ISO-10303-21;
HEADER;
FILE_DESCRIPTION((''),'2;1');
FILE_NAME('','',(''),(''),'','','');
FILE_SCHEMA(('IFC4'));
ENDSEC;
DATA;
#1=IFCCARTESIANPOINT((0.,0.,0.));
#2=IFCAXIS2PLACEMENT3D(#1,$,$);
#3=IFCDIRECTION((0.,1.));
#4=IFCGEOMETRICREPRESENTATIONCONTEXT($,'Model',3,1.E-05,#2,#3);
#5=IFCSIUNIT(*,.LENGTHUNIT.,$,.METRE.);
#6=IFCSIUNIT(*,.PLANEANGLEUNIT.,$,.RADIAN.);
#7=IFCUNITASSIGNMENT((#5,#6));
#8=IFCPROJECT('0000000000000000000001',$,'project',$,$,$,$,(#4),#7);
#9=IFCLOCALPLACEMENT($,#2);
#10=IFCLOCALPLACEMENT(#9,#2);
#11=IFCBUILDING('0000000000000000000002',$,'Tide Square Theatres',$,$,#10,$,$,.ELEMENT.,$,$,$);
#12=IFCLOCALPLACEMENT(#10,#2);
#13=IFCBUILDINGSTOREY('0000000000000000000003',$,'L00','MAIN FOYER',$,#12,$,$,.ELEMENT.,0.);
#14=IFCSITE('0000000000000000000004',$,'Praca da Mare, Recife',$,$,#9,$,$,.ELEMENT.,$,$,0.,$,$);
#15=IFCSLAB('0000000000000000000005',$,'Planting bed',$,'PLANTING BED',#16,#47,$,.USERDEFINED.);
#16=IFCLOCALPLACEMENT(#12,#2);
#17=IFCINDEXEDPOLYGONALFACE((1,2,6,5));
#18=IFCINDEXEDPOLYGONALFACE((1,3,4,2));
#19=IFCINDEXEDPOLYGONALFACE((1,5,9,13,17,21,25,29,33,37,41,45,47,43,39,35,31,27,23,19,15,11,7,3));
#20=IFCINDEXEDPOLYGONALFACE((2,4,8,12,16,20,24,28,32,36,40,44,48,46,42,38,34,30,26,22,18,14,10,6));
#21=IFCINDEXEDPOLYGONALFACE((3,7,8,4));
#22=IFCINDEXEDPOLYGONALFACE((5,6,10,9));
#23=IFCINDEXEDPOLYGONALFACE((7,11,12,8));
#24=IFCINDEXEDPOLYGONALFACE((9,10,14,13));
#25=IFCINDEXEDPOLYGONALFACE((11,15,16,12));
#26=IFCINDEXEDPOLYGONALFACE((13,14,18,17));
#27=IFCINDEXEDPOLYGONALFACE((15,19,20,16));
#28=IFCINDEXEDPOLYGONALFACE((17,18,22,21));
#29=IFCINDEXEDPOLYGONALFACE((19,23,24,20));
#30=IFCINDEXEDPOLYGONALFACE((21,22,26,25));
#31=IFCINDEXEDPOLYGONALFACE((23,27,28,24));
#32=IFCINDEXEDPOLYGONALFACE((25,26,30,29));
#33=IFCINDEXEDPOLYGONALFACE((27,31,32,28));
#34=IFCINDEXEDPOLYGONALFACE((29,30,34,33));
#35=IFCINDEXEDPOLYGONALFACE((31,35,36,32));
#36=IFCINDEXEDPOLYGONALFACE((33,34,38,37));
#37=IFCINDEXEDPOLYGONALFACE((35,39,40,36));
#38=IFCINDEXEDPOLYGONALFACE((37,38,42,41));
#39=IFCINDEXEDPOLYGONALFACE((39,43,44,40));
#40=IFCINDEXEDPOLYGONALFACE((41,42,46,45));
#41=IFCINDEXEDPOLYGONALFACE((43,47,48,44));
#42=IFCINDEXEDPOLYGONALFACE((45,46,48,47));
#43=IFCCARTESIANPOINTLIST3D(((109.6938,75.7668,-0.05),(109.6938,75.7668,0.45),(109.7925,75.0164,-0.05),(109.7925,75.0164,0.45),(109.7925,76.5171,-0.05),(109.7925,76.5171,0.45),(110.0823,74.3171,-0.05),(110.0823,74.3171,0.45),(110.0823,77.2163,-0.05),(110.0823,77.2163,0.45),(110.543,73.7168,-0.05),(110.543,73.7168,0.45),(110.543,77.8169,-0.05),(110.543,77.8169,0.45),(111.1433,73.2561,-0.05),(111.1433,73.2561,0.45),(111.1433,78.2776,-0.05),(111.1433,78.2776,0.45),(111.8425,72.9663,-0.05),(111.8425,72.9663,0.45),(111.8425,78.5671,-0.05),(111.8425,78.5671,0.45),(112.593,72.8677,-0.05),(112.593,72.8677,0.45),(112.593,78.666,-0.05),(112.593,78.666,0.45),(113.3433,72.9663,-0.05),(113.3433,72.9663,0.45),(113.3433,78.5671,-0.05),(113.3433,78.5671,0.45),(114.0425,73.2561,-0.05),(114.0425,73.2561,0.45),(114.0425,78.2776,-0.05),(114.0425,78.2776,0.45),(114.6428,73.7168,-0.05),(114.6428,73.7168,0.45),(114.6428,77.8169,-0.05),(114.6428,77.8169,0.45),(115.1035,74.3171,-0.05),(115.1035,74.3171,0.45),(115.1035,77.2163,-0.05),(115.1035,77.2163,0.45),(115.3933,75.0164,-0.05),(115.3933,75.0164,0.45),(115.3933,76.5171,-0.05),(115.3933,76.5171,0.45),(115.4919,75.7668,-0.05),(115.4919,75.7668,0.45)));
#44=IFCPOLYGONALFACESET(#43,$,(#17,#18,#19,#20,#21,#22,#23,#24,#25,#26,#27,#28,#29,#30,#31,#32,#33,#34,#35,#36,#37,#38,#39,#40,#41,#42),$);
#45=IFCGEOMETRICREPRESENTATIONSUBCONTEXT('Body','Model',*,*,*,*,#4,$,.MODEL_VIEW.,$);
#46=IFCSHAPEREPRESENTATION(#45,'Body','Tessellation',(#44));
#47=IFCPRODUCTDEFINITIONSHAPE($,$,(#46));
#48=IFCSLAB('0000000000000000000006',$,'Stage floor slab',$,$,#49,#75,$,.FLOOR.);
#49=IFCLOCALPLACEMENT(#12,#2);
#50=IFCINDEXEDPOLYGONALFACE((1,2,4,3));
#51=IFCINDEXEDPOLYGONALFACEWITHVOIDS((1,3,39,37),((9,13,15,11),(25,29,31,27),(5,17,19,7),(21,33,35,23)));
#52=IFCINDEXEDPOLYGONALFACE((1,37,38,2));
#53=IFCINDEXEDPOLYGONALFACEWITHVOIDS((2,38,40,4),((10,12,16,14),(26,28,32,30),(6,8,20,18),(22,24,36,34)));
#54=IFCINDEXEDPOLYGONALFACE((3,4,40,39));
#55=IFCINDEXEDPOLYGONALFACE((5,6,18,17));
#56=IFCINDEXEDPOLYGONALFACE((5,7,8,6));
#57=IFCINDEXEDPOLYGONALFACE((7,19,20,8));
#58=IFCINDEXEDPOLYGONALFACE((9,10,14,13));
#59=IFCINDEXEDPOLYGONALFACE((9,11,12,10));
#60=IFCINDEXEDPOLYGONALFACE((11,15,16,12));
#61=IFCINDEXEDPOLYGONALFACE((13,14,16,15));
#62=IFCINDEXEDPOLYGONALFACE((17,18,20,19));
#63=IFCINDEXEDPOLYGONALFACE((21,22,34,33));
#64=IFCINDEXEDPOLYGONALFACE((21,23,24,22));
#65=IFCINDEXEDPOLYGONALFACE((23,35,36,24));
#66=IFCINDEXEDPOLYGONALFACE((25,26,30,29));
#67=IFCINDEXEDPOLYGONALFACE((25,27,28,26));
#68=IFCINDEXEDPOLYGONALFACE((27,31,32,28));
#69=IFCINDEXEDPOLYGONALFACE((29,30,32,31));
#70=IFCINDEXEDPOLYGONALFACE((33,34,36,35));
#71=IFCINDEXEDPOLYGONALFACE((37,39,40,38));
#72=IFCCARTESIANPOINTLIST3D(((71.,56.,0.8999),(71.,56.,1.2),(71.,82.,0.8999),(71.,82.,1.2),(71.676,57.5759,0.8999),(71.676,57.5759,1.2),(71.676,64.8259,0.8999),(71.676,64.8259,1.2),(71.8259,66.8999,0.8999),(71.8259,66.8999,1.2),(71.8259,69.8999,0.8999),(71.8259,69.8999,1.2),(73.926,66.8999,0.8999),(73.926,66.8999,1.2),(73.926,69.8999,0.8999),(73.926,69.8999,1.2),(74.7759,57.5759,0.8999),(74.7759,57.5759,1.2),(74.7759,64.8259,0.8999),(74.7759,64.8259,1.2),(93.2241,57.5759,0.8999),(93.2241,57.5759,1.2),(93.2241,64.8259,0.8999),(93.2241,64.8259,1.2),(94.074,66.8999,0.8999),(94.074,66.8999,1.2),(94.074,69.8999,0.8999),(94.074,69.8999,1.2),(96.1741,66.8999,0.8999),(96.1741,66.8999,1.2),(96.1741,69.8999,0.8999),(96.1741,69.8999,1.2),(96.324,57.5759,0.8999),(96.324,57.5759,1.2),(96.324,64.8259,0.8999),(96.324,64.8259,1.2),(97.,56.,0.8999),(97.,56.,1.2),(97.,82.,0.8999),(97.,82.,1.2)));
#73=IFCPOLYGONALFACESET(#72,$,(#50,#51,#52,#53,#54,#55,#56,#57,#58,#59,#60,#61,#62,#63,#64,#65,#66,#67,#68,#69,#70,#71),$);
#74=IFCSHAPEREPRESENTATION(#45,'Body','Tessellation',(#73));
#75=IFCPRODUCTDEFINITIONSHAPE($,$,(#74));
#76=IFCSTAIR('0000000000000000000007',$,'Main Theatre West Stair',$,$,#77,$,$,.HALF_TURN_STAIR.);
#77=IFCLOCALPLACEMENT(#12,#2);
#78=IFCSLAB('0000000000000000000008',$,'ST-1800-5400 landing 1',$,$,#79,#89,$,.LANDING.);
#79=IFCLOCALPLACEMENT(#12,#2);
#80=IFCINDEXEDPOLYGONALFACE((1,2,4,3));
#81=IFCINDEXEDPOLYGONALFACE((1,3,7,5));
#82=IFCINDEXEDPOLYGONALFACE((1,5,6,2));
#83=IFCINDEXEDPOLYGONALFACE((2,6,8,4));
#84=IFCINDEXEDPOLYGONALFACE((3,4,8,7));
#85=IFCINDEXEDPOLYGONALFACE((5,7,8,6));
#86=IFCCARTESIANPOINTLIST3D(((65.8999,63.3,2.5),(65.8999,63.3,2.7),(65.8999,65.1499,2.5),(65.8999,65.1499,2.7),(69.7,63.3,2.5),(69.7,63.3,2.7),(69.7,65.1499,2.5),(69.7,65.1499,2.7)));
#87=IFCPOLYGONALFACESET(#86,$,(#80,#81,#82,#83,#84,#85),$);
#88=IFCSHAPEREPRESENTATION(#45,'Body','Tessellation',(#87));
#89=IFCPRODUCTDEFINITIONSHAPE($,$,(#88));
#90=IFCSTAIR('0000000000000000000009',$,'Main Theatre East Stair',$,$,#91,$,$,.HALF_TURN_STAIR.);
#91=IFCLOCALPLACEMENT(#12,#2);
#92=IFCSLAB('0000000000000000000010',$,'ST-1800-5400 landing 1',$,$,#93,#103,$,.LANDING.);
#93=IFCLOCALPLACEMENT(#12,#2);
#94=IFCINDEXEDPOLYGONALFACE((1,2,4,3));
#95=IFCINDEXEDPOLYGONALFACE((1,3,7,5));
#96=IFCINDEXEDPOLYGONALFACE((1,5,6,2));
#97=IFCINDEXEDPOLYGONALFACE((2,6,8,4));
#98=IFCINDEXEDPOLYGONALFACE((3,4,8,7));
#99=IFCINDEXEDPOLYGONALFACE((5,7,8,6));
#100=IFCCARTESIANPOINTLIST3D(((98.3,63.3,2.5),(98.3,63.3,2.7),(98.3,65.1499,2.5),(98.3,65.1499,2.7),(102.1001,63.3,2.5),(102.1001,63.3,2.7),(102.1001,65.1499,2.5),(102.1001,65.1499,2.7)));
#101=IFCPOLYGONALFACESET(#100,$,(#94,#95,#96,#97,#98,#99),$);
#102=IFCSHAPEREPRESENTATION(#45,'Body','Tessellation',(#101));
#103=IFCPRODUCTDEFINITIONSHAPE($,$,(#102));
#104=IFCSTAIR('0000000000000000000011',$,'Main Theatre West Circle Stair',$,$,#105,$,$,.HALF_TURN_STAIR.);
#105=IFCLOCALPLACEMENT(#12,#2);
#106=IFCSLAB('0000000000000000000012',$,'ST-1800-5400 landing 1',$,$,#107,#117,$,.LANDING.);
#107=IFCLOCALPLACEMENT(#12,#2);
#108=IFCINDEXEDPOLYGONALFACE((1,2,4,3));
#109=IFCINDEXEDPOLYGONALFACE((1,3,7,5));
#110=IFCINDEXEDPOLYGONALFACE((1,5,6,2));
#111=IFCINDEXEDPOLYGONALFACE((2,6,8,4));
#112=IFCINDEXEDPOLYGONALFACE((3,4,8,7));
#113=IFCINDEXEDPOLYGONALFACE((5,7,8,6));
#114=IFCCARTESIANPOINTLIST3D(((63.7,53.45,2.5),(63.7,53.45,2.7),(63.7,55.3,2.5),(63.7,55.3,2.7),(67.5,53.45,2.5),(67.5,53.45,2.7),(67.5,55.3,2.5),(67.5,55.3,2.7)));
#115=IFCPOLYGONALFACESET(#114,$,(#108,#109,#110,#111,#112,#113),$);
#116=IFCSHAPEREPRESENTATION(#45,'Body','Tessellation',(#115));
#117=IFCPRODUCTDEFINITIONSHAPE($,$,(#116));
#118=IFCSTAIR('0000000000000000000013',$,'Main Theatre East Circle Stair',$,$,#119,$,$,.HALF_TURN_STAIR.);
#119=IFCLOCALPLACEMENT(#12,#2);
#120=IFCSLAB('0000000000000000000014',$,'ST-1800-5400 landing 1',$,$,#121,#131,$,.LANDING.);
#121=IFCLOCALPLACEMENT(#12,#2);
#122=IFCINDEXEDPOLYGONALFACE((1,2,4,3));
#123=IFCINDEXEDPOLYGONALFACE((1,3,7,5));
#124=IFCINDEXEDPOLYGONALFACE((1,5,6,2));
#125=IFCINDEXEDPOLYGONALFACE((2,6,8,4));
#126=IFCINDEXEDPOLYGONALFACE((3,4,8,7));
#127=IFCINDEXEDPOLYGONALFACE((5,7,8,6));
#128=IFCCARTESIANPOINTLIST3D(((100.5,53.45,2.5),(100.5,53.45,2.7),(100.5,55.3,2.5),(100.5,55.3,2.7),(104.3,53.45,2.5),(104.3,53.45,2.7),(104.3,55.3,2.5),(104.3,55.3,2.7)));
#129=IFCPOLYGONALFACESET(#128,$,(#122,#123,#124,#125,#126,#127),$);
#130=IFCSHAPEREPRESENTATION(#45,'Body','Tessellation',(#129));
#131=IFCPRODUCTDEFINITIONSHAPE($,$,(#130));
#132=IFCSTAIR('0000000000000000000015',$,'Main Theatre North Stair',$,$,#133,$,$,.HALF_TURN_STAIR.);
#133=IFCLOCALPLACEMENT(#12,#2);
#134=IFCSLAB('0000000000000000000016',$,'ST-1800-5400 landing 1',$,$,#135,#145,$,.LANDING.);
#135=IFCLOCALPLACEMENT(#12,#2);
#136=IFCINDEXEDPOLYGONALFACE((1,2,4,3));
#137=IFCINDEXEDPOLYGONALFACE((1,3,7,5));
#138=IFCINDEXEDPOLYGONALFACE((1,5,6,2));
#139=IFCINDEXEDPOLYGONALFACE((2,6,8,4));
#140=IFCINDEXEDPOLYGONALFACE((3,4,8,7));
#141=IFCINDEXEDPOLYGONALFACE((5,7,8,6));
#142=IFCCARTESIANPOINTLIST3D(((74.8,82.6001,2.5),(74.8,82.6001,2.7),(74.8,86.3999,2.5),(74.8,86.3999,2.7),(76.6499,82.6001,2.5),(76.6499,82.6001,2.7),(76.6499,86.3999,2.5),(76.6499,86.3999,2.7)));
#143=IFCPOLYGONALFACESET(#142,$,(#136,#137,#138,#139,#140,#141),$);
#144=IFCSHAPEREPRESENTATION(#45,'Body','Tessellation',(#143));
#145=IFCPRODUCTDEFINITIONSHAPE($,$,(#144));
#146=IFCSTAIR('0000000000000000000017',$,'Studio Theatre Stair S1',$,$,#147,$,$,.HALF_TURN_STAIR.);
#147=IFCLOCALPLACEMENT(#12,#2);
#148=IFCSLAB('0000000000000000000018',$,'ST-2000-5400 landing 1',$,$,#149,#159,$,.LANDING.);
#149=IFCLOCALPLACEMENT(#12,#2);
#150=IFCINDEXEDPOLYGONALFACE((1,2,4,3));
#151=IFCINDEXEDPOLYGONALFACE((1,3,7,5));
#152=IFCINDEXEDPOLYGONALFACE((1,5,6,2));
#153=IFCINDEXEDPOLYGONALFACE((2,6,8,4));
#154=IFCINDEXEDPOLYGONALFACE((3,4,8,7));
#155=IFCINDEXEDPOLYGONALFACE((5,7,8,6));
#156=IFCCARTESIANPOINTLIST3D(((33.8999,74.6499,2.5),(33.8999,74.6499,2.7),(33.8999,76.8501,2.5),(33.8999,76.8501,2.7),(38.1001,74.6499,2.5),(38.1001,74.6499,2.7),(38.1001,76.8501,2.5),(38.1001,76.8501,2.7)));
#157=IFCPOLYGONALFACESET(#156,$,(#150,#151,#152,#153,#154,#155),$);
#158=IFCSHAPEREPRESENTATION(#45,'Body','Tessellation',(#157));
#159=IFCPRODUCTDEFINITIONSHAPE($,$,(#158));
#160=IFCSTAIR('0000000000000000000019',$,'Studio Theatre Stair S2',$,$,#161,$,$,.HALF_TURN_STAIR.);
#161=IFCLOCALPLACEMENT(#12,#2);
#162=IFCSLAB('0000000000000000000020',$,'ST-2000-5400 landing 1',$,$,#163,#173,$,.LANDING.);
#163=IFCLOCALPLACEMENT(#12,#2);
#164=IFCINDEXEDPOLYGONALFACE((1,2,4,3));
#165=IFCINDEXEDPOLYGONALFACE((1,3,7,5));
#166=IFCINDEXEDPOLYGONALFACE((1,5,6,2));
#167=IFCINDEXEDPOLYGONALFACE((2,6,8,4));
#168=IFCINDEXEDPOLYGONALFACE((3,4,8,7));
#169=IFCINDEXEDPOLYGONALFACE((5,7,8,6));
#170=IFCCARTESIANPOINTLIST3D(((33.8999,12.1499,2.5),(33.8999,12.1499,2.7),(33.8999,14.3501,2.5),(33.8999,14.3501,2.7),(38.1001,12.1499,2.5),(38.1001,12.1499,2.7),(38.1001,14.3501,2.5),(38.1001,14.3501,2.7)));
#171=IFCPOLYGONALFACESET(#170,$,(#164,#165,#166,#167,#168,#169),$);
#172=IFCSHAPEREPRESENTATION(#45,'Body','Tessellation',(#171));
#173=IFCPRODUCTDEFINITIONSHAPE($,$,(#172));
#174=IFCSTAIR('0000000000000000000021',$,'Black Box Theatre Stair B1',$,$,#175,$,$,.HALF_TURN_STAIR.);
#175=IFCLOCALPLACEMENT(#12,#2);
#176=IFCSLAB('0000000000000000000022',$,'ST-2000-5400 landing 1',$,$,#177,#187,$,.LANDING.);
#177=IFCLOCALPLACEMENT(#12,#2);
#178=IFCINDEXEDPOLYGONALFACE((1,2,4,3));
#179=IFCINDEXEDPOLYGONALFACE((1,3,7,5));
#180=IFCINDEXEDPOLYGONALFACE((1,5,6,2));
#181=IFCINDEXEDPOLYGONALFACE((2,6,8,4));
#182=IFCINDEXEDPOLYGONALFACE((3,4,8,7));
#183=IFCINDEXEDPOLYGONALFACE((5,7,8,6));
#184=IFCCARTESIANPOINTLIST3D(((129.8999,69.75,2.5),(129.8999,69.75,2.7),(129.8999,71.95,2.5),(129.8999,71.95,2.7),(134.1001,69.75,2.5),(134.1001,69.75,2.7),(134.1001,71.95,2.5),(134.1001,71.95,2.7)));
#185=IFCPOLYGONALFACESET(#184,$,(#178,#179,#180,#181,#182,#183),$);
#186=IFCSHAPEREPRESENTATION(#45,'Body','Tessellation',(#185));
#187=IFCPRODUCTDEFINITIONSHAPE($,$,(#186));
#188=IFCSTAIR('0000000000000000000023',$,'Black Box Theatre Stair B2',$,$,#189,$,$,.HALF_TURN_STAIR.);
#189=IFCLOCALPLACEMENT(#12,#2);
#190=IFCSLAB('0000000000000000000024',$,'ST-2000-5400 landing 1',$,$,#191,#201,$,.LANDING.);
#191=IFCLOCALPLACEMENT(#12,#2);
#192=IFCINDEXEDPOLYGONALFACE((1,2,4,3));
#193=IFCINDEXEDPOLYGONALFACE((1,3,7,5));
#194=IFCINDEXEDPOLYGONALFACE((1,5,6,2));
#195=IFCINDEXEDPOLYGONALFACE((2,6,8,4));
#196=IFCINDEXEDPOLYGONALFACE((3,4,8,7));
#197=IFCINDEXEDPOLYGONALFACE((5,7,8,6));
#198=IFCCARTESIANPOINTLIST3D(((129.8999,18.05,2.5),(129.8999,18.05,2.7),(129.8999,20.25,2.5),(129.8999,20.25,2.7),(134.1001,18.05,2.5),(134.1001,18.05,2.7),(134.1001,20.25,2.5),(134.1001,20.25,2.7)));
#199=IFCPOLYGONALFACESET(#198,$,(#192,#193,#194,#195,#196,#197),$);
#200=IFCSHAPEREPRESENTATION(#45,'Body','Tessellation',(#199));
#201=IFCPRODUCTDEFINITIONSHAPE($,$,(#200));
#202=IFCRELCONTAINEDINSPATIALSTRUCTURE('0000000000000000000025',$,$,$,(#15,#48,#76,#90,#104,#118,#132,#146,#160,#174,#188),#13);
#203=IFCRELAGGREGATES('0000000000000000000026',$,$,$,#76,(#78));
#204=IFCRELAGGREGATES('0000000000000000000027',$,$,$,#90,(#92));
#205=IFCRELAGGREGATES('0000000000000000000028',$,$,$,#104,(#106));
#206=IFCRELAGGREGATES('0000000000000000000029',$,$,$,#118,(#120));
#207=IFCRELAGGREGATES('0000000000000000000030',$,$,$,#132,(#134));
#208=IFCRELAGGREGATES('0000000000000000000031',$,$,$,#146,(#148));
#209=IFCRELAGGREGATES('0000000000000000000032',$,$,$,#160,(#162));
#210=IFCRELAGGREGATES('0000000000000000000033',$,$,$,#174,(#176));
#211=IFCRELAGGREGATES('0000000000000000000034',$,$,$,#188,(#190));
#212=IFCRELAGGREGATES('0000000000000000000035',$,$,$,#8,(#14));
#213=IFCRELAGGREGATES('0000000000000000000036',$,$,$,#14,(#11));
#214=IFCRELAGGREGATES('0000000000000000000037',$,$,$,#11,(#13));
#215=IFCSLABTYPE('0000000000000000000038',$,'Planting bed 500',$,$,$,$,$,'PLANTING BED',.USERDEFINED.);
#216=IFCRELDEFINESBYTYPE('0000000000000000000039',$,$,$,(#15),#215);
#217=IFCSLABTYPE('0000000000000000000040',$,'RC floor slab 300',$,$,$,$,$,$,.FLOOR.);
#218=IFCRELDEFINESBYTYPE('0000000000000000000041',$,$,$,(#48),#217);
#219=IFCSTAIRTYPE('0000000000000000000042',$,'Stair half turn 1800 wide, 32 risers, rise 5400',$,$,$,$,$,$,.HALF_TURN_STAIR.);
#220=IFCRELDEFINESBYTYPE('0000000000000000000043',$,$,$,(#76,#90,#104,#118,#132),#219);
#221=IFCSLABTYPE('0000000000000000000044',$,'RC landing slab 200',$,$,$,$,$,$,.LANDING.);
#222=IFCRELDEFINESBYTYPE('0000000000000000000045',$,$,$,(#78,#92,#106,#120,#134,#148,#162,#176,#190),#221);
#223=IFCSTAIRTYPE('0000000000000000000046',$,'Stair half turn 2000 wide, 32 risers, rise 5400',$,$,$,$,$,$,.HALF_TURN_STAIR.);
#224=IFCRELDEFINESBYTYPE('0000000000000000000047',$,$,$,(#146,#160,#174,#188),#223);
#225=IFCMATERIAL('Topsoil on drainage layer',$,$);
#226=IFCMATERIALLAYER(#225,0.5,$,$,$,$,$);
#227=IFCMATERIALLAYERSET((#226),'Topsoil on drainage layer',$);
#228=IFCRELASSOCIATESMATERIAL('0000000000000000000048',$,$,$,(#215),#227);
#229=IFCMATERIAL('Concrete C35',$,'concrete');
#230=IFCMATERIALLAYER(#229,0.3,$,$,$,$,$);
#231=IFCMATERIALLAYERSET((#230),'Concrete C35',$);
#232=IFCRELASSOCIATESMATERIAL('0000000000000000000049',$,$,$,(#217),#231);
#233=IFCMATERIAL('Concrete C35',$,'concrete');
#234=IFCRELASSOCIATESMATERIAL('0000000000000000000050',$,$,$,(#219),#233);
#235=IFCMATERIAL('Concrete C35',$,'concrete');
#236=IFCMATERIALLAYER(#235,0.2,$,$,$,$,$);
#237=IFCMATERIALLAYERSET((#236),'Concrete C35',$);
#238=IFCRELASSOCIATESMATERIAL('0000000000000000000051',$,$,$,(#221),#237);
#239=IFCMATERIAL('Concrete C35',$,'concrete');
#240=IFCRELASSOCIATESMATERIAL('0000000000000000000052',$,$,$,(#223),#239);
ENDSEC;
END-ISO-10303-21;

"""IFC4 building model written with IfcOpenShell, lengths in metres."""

from ifc_helpers import new_model, si_unit, direction, frame, origin, place, context, subcontext, project, spatial, polyline, outline, extrude, material, layer, layer_set, type_object, element, aggregate, save


model = new_model("IFC4")

# Units and contexts
model_context = context("Model", 3, precision=1e-05, world=origin(), true_north=direction((0.0, 1.0)))
body_context = subcontext(model_context, "Body", "Model", "MODEL_VIEW")
ifc_project = project(units=[si_unit("LENGTHUNIT", "METRE"), si_unit("PLANEANGLEUNIT", "RADIAN")], contexts=[model_context])

# Site, building, storey
site_placement = place(None, origin())
site = spatial("IfcSite", under=ifc_project, at=site_placement, Name="Praca da Mare, Recife", CompositionType="ELEMENT", RefElevation=0.0)
building_placement = place(site_placement, origin())
building = spatial("IfcBuilding", under=site, at=building_placement, Name="Tide Square Theatres", CompositionType="ELEMENT")
storey_placement = place(building_placement, origin())
storey = spatial("IfcBuildingStorey", under=building, at=storey_placement, Name="L00", Description="MAIN FOYER", CompositionType="ELEMENT", Elevation=0.0)

# Slabs
ifc_material_1 = material(Name="Topsoil on drainage layer")
ifc_layer_1 = layer(ifc_material_1, 0.5)
ifc_layer_set_1 = layer_set([ifc_layer_1], Name="Topsoil on drainage layer")
slab_type_1 = type_object("IfcSlabType", Name="Planting bed 500", ElementType="PLANTING BED", PredefinedType="USERDEFINED", material=ifc_layer_set_1)
slab_1_placement = place(storey_placement, frame((0.0, 0.0, -0.05)))
element("IfcSlab", 1, at=slab_1_placement, inside=storey, type_object=slab_type_1, Name="Planting bed", ObjectType="PLANTING BED", PredefinedType="USERDEFINED", context=body_context, shape_type="SweptSolid", body=[
    extrude(outline(polyline([(115.3933, 76.5171), (115.1035, 77.2163), (114.6428, 77.8169), (114.0425, 78.2776), (113.3433, 78.5671), (112.593, 78.666), (111.8425, 78.5671), (111.1433, 78.2776), (110.543, 77.8169), (110.0823, 77.2163), (109.7925, 76.5171), (109.6938, 75.7668), (109.7925, 75.0164), (110.0823, 74.3171), (110.543, 73.7168), (111.1433, 73.2561), (111.8425, 72.9663), (112.593, 72.8677), (113.3433, 72.9663), (114.0425, 73.2561), (114.6428, 73.7168), (115.1035, 74.3171), (115.3933, 75.0164), (115.4919, 75.7668), (115.3933, 76.5171)])), origin(), (0.0, 0.0, 1.0), 0.5),
])
ifc_material_2 = material(Name="Concrete C35", Category="concrete")
ifc_layer_2 = layer(ifc_material_2, 0.3)
ifc_layer_set_2 = layer_set([ifc_layer_2], Name="Concrete C35")
slab_type_2 = type_object("IfcSlabType", Name="RC floor slab 300", PredefinedType="FLOOR", material=ifc_layer_set_2)
slab_2_placement = place(storey_placement, frame((0.0, 0.0, 0.8999)))
element("IfcSlab", 2, at=slab_2_placement, inside=storey, type_object=slab_type_2, Name="Stage floor slab", PredefinedType="FLOOR", context=body_context, shape_type="SweptSolid", body=[
    extrude(outline(polyline([(97.0, 56.0), (97.0, 82.0), (71.0, 82.0), (71.0, 56.0), (97.0, 56.0)]), holes=[polyline([(71.676, 57.5759), (74.7759, 57.5759), (74.7759, 64.8259), (71.676, 64.8259), (71.676, 57.5759)]), polyline([(93.2241, 57.5759), (96.324, 57.5759), (96.324, 64.8259), (93.2241, 64.8259), (93.2241, 57.5759)]), polyline([(71.8259, 66.8999), (73.926, 66.8999), (73.926, 69.8999), (71.8259, 69.8999), (71.8259, 66.8999)]), polyline([(94.074, 66.8999), (96.1741, 66.8999), (96.1741, 69.8999), (94.074, 69.8999), (94.074, 66.8999)])]), origin(), (0.0, 0.0, 1.0), 0.3),
])

# Stairs, slabs
ifc_material_3 = material(Name="Concrete C35", Category="concrete")
stair_type_1 = type_object("IfcStairType", Name="Stair half turn 1800 wide, 32 risers, rise 5400", PredefinedType="HALF_TURN_STAIR", material=ifc_material_3)
stair_1_placement = place(storey_placement, origin())
stair_1 = element("IfcStair", 3, at=stair_1_placement, inside=storey, type_object=stair_type_1, Name="Main Theatre West Stair", PredefinedType="HALF_TURN_STAIR")
ifc_material_4 = material(Name="Concrete C35", Category="concrete")
ifc_layer_3 = layer(ifc_material_4, 0.2)
ifc_layer_set_3 = layer_set([ifc_layer_3], Name="Concrete C35")
slab_type_3 = type_object("IfcSlabType", Name="RC landing slab 200", PredefinedType="LANDING", material=ifc_layer_set_3)
slab_3_placement = place(storey_placement, frame((0.0, 0.0, 2.5)))
slab_3 = element("IfcSlab", 4, at=slab_3_placement, type_object=slab_type_3, Name="ST-1800-5400 landing 1", PredefinedType="LANDING", context=body_context, shape_type="SweptSolid", body=[
    extrude(outline(polyline([(69.7, 63.3), (69.7, 65.1499), (65.8999, 65.1499), (65.8999, 63.3), (69.7, 63.3)])), origin(), (0.0, 0.0, 1.0), 0.2),
])
aggregate(stair_1, [slab_3])
stair_2_placement = place(storey_placement, origin())
stair_2 = element("IfcStair", 5, at=stair_2_placement, inside=storey, type_object=stair_type_1, Name="Main Theatre East Stair", PredefinedType="HALF_TURN_STAIR")
slab_4_placement = place(storey_placement, frame((0.0, 0.0, 2.5)))
slab_4 = element("IfcSlab", 6, at=slab_4_placement, type_object=slab_type_3, Name="ST-1800-5400 landing 1", PredefinedType="LANDING", context=body_context, shape_type="SweptSolid", body=[
    extrude(outline(polyline([(102.1001, 63.3), (102.1001, 65.1499), (98.3, 65.1499), (98.3, 63.3), (102.1001, 63.3)])), origin(), (0.0, 0.0, 1.0), 0.2),
])
aggregate(stair_2, [slab_4])
stair_3_placement = place(storey_placement, origin())
stair_3 = element("IfcStair", 7, at=stair_3_placement, inside=storey, type_object=stair_type_1, Name="Main Theatre West Circle Stair", PredefinedType="HALF_TURN_STAIR")
slab_5_placement = place(storey_placement, frame((0.0, 0.0, 2.5)))
slab_5 = element("IfcSlab", 8, at=slab_5_placement, type_object=slab_type_3, Name="ST-1800-5400 landing 1", PredefinedType="LANDING", context=body_context, shape_type="SweptSolid", body=[
    extrude(outline(polyline([(67.5, 53.45), (67.5, 55.3), (63.7, 55.3), (63.7, 53.45), (67.5, 53.45)])), origin(), (0.0, 0.0, 1.0), 0.2),
])
aggregate(stair_3, [slab_5])
stair_4_placement = place(storey_placement, origin())
stair_4 = element("IfcStair", 9, at=stair_4_placement, inside=storey, type_object=stair_type_1, Name="Main Theatre East Circle Stair", PredefinedType="HALF_TURN_STAIR")
slab_6_placement = place(storey_placement, frame((0.0, 0.0, 2.5)))
slab_6 = element("IfcSlab", 10, at=slab_6_placement, type_object=slab_type_3, Name="ST-1800-5400 landing 1", PredefinedType="LANDING", context=body_context, shape_type="SweptSolid", body=[
    extrude(outline(polyline([(104.3, 53.45), (104.3, 55.3), (100.5, 55.3), (100.5, 53.45), (104.3, 53.45)])), origin(), (0.0, 0.0, 1.0), 0.2),
])
aggregate(stair_4, [slab_6])
stair_5_placement = place(storey_placement, origin())
stair_5 = element("IfcStair", 11, at=stair_5_placement, inside=storey, type_object=stair_type_1, Name="Main Theatre North Stair", PredefinedType="HALF_TURN_STAIR")
slab_7_placement = place(storey_placement, frame((0.0, 0.0, 2.5)))
slab_7 = element("IfcSlab", 12, at=slab_7_placement, type_object=slab_type_3, Name="ST-1800-5400 landing 1", PredefinedType="LANDING", context=body_context, shape_type="SweptSolid", body=[
    extrude(outline(polyline([(76.6499, 86.3999), (74.8, 86.3999), (74.8, 82.6001), (76.6499, 82.6001), (76.6499, 86.3999)])), origin(), (0.0, 0.0, 1.0), 0.2),
])
aggregate(stair_5, [slab_7])
ifc_material_5 = material(Name="Concrete C35", Category="concrete")
stair_type_2 = type_object("IfcStairType", Name="Stair half turn 2000 wide, 32 risers, rise 5400", PredefinedType="HALF_TURN_STAIR", material=ifc_material_5)
stair_6_placement = place(storey_placement, origin())
stair_6 = element("IfcStair", 13, at=stair_6_placement, inside=storey, type_object=stair_type_2, Name="Studio Theatre Stair S1", PredefinedType="HALF_TURN_STAIR")
slab_8_placement = place(storey_placement, frame((0.0, 0.0, 2.5)))
slab_8 = element("IfcSlab", 14, at=slab_8_placement, type_object=slab_type_3, Name="ST-2000-5400 landing 1", PredefinedType="LANDING", context=body_context, shape_type="SweptSolid", body=[
    extrude(outline(polyline([(38.1001, 74.6499), (38.1001, 76.8501), (33.8999, 76.8501), (33.8999, 74.6499), (38.1001, 74.6499)])), origin(), (0.0, 0.0, 1.0), 0.2),
])
aggregate(stair_6, [slab_8])
stair_7_placement = place(storey_placement, origin())
stair_7 = element("IfcStair", 15, at=stair_7_placement, inside=storey, type_object=stair_type_2, Name="Studio Theatre Stair S2", PredefinedType="HALF_TURN_STAIR")
slab_9_placement = place(storey_placement, frame((0.0, 0.0, 2.5)))
slab_9 = element("IfcSlab", 16, at=slab_9_placement, type_object=slab_type_3, Name="ST-2000-5400 landing 1", PredefinedType="LANDING", context=body_context, shape_type="SweptSolid", body=[
    extrude(outline(polyline([(33.8999, 14.3501), (33.8999, 12.1499), (38.1001, 12.1499), (38.1001, 14.3501), (33.8999, 14.3501)])), origin(), (0.0, 0.0, 1.0), 0.2),
])
aggregate(stair_7, [slab_9])
stair_8_placement = place(storey_placement, origin())
stair_8 = element("IfcStair", 17, at=stair_8_placement, inside=storey, type_object=stair_type_2, Name="Black Box Theatre Stair B1", PredefinedType="HALF_TURN_STAIR")
slab_10_placement = place(storey_placement, frame((0.0, 0.0, 2.5)))
slab_10 = element("IfcSlab", 18, at=slab_10_placement, type_object=slab_type_3, Name="ST-2000-5400 landing 1", PredefinedType="LANDING", context=body_context, shape_type="SweptSolid", body=[
    extrude(outline(polyline([(134.1001, 69.75), (134.1001, 71.95), (129.8999, 71.95), (129.8999, 69.75), (134.1001, 69.75)])), origin(), (0.0, 0.0, 1.0), 0.2),
])
aggregate(stair_8, [slab_10])
stair_9_placement = place(storey_placement, origin())
stair_9 = element("IfcStair", 19, at=stair_9_placement, inside=storey, type_object=stair_type_2, Name="Black Box Theatre Stair B2", PredefinedType="HALF_TURN_STAIR")
slab_11_placement = place(storey_placement, frame((0.0, 0.0, 2.5)))
slab_11 = element("IfcSlab", 20, at=slab_11_placement, type_object=slab_type_3, Name="ST-2000-5400 landing 1", PredefinedType="LANDING", context=body_context, shape_type="SweptSolid", body=[
    extrude(outline(polyline([(129.8999, 20.25), (129.8999, 18.05), (134.1001, 18.05), (134.1001, 20.25), (129.8999, 20.25)])), origin(), (0.0, 0.0, 1.0), 0.2),
])
aggregate(stair_9, [slab_11])

save(model, "model.ifc")
